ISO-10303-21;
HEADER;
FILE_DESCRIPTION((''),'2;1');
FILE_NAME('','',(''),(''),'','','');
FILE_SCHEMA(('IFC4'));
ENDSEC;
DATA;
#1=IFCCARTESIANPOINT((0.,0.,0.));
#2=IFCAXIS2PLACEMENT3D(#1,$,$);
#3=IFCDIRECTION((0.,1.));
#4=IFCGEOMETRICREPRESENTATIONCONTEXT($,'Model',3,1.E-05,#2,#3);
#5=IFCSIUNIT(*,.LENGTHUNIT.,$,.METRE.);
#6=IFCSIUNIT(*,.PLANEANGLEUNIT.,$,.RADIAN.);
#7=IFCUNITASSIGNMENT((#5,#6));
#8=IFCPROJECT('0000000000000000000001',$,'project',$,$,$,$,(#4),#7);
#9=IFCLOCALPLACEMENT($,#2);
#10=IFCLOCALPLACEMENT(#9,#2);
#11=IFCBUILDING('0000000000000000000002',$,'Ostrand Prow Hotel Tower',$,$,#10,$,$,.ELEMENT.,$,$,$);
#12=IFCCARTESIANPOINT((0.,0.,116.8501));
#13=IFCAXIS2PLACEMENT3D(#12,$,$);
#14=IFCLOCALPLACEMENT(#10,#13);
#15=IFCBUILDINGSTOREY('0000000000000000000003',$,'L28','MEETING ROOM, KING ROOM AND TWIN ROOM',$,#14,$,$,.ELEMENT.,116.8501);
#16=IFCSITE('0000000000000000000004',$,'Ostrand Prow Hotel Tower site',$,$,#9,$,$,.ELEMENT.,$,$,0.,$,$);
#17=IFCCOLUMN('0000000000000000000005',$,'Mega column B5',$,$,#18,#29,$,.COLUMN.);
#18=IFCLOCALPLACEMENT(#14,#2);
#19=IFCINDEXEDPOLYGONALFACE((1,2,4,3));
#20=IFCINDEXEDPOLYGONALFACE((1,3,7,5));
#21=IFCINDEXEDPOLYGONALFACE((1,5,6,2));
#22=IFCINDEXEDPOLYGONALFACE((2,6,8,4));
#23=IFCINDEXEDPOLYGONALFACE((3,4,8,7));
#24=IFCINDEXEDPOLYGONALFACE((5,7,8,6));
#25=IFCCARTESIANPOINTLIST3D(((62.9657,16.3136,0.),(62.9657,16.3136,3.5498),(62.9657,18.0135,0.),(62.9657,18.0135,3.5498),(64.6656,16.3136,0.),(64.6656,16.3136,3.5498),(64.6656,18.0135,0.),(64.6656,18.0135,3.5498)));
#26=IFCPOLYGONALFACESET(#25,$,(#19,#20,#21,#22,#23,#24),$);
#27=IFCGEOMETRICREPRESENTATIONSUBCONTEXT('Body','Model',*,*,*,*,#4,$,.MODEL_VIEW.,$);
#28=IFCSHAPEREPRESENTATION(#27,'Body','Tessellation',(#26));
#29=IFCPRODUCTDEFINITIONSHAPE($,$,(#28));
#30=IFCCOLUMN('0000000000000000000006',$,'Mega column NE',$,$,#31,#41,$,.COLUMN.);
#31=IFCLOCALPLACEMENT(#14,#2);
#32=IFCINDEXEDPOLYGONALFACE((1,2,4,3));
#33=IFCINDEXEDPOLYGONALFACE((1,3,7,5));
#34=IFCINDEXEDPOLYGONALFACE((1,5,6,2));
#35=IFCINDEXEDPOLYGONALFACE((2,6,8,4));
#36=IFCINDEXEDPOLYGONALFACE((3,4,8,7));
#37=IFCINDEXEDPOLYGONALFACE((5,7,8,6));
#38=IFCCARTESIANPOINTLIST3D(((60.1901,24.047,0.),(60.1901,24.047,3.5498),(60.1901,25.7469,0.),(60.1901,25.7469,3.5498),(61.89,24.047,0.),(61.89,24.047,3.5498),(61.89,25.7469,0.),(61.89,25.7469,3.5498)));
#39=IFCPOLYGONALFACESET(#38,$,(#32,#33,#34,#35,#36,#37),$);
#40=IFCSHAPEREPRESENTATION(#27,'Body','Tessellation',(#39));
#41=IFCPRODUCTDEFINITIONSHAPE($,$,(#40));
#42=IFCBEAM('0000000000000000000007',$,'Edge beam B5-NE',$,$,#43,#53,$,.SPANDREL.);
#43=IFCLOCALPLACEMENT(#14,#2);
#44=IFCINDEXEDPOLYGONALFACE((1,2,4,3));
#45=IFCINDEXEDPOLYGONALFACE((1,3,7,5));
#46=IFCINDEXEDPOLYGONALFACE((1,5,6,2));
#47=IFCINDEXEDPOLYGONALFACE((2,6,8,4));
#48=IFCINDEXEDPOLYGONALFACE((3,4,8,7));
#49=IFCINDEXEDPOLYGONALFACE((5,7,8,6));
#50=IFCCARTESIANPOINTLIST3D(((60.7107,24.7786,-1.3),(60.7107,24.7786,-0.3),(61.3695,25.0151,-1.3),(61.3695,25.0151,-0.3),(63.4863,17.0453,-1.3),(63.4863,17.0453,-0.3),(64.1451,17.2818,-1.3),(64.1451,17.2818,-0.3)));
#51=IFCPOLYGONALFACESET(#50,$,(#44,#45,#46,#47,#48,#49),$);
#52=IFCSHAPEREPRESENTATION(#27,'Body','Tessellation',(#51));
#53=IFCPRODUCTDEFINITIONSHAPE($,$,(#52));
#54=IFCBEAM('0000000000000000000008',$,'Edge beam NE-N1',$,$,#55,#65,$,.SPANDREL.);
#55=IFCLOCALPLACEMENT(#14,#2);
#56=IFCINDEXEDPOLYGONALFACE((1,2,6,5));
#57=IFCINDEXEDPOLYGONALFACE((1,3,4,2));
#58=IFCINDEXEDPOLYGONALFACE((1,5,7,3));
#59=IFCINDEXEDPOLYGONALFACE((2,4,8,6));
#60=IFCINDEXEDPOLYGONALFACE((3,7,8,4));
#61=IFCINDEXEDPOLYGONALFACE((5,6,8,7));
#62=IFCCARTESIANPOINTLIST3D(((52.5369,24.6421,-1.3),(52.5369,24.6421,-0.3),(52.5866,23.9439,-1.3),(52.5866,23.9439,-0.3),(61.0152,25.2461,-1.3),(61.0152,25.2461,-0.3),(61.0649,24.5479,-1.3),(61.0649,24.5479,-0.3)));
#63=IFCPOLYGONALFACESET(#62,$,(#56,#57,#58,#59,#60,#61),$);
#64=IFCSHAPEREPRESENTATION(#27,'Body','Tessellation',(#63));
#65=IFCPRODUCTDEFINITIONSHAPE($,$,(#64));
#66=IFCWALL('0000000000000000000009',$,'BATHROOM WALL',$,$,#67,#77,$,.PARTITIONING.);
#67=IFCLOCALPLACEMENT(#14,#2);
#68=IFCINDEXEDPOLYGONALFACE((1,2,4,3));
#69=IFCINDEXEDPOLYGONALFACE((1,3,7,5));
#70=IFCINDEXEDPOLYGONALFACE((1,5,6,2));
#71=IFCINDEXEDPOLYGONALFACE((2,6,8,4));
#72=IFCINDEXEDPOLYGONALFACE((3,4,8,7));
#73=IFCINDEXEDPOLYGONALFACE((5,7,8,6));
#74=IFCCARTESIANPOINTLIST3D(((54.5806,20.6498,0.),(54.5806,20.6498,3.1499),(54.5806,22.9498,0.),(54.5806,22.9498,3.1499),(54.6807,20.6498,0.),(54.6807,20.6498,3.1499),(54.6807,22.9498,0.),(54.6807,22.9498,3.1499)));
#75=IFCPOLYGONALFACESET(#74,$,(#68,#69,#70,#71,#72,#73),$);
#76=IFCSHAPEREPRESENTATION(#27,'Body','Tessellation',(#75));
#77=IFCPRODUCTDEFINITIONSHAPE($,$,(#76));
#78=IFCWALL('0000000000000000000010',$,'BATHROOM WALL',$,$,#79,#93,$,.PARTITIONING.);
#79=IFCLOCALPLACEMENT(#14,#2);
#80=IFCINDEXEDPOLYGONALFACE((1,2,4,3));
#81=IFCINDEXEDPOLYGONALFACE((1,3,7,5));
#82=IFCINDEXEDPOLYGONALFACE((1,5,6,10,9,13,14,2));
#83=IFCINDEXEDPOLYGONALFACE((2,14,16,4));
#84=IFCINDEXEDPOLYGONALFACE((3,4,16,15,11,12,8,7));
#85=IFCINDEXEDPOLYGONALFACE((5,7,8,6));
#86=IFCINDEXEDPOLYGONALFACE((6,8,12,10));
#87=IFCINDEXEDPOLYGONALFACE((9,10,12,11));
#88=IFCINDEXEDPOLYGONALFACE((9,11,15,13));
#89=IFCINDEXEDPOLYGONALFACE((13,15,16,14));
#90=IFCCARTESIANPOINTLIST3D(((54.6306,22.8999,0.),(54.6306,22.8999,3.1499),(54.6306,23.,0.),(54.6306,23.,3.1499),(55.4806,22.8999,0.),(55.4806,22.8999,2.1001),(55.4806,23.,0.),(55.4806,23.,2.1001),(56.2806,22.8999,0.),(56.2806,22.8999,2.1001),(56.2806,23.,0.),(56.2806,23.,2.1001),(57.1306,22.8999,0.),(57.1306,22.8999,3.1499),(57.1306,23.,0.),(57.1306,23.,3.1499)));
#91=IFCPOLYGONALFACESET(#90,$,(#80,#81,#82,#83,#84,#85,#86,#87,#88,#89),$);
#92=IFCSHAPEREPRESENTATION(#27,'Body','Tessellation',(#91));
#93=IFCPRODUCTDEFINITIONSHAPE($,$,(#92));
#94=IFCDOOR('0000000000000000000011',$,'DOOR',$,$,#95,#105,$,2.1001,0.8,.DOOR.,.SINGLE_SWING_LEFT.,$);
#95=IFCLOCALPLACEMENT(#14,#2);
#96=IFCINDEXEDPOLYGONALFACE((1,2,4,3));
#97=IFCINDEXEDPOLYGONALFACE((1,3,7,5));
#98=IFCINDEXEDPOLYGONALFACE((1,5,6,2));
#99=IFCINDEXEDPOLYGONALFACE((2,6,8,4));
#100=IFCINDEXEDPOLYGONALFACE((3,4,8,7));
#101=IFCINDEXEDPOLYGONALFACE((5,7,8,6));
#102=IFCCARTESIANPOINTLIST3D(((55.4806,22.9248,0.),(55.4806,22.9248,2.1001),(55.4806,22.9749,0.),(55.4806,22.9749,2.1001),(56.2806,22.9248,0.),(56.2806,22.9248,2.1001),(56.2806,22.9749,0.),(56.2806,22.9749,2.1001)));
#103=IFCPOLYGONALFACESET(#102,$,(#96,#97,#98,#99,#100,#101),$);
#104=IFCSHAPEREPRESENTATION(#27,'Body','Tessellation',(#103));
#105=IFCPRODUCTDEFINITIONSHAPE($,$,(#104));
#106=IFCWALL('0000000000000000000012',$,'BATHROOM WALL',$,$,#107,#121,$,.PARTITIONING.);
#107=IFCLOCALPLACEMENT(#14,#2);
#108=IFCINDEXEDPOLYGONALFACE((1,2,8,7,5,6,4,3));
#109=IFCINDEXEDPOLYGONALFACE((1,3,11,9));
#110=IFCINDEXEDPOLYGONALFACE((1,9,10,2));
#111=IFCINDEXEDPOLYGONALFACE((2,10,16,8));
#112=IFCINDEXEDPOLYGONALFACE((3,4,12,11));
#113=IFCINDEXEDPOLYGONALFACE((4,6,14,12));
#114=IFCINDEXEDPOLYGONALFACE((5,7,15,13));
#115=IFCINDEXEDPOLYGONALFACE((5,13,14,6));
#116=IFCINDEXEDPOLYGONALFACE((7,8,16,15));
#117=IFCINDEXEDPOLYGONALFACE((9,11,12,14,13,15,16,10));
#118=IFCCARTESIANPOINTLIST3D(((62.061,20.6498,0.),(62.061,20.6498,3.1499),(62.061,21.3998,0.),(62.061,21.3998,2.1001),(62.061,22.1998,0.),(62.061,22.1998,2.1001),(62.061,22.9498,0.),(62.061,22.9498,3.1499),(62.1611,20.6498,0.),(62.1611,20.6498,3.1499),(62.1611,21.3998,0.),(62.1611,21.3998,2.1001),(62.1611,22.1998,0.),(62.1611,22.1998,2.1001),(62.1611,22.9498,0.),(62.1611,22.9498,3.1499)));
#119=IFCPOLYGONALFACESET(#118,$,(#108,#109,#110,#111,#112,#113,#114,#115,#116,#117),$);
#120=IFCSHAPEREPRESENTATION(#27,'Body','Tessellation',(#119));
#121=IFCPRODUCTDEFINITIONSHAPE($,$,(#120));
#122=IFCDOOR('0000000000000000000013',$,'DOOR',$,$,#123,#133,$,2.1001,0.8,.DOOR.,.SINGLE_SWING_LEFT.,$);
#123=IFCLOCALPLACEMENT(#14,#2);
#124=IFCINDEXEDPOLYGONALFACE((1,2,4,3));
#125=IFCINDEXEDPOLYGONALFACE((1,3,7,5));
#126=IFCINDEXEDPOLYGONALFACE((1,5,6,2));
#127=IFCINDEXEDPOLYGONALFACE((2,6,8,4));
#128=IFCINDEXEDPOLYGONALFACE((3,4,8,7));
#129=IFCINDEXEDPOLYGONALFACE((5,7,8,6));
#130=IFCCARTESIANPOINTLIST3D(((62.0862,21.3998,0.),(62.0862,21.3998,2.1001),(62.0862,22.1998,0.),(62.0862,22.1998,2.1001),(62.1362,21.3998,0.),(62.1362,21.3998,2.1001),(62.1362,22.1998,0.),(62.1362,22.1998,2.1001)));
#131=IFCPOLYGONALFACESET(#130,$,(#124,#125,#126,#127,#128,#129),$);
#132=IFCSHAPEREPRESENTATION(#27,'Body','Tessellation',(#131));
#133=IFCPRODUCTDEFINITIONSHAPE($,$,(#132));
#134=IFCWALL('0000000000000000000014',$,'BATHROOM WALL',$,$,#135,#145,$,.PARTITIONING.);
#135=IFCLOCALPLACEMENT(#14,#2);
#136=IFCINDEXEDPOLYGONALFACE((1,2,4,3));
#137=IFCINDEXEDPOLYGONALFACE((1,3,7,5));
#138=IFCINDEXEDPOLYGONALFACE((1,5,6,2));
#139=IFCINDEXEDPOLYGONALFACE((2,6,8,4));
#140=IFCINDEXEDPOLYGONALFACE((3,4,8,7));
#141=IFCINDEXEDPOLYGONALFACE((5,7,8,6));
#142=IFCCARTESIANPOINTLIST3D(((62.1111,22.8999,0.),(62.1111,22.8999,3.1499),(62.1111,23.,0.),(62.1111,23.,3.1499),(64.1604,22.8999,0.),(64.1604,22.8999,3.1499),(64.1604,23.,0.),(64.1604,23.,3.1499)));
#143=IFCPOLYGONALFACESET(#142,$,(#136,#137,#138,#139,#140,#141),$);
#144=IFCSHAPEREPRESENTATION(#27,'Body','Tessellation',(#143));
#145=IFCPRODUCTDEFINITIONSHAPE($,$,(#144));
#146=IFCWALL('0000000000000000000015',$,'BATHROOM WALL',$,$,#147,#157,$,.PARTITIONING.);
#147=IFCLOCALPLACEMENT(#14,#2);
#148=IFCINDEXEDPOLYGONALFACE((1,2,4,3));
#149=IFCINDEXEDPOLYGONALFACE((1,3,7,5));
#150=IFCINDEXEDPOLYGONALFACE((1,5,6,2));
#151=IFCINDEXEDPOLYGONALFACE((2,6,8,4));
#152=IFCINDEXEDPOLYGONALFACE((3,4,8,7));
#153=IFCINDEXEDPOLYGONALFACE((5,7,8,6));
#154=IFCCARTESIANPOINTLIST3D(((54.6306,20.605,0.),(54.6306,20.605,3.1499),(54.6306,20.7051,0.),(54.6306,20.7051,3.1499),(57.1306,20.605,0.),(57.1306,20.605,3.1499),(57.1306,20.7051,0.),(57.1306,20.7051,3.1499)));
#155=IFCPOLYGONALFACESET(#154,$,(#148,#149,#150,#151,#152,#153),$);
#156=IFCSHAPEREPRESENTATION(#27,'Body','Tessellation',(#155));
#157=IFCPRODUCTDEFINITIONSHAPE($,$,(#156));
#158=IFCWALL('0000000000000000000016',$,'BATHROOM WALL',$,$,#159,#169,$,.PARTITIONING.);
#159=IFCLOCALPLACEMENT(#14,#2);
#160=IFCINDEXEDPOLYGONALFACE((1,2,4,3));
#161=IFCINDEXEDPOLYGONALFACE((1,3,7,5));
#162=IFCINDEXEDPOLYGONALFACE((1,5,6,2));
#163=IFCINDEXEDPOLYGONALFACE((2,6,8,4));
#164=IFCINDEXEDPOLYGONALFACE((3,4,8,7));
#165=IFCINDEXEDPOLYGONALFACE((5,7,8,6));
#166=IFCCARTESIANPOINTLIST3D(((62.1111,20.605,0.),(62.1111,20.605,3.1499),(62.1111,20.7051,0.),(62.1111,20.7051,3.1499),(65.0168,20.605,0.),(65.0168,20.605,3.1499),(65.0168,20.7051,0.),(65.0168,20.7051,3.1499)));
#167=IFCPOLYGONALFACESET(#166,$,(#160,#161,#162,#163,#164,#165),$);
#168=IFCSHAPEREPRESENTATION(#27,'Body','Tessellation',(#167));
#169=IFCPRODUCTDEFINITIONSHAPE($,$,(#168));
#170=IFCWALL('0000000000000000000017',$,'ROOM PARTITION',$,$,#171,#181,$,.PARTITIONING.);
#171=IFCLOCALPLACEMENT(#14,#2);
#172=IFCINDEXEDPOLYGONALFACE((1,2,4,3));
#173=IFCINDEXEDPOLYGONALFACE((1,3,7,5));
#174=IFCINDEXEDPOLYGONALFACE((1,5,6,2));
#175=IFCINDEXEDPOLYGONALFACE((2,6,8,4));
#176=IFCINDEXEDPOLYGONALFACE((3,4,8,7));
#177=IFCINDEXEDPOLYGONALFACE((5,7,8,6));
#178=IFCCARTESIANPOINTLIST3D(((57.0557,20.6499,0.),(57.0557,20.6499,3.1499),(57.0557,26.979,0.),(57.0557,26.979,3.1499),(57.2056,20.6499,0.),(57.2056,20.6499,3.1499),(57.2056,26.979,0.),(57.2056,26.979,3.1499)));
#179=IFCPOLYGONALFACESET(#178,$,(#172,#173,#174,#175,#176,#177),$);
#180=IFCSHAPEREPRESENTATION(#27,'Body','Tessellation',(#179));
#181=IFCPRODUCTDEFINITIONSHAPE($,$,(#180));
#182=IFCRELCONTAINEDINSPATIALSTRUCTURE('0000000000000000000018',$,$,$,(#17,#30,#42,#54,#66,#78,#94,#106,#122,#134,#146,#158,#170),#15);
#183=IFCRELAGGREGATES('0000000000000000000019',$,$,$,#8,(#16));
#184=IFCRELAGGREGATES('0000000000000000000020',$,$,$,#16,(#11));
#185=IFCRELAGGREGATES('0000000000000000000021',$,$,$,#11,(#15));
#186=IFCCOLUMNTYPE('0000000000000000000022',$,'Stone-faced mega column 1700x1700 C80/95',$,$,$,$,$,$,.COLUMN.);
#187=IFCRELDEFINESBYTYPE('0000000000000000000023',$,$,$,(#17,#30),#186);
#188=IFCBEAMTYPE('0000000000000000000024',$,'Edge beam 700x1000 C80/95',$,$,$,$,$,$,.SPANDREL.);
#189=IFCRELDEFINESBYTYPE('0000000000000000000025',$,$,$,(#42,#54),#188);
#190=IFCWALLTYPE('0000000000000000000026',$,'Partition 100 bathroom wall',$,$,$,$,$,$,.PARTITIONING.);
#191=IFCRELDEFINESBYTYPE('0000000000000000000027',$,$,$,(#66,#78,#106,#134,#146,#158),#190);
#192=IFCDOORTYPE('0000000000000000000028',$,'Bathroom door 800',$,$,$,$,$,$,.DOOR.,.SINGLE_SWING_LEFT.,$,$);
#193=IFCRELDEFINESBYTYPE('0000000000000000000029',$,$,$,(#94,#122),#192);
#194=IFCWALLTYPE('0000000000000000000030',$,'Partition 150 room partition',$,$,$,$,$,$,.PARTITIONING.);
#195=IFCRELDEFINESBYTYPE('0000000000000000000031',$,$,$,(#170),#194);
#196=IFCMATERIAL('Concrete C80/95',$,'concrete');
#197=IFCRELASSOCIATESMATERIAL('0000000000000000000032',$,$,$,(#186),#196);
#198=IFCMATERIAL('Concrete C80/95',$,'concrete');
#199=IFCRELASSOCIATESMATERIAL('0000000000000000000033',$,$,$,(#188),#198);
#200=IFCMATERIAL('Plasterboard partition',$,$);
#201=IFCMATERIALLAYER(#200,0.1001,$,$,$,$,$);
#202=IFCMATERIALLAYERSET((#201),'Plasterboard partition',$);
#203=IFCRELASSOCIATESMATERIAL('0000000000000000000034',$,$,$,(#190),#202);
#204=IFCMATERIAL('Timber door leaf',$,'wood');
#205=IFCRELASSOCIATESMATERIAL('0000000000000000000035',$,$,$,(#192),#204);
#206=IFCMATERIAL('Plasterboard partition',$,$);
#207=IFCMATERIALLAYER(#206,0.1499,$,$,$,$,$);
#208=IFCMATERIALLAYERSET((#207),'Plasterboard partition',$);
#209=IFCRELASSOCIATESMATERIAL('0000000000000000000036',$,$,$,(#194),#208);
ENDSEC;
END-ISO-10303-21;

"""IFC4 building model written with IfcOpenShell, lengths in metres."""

from ifc_helpers import new_model, si_unit, direction, frame, frame_2d, origin, origin_2d, place, context, subcontext, project, spatial, rectangle, extrude, material, layer, layer_set, material_profile, profile_set, type_object, element, fill, save


model = new_model("IFC4")

# Units and contexts
model_context = context("Model", 3, precision=1e-05, world=origin(), true_north=direction((0.0, 1.0)))
body_context = subcontext(model_context, "Body", "Model", "MODEL_VIEW")
ifc_project = project(units=[si_unit("LENGTHUNIT", "METRE"), si_unit("PLANEANGLEUNIT", "RADIAN")], contexts=[model_context])

# Site, building, storey
site_placement = place(None, origin())
site = spatial("IfcSite", under=ifc_project, at=site_placement, Name="Ostrand Prow Hotel Tower site", CompositionType="ELEMENT", RefElevation=0.0)
building_placement = place(site_placement, origin())
building = spatial("IfcBuilding", under=site, at=building_placement, Name="Ostrand Prow Hotel Tower", CompositionType="ELEMENT")
storey_placement = place(building_placement, frame((0.0, 0.0, 116.8501)))
storey = spatial("IfcBuildingStorey", under=building, at=storey_placement, Name="L28", Description="MEETING ROOM, KING ROOM AND TWIN ROOM", CompositionType="ELEMENT", Elevation=116.8501)

# Columns
ifc_material_1 = material(Name="Concrete C80/95", Category="concrete")
ifc_material_profile_1 = material_profile(ifc_material_1, rectangle(XDim=1.7, YDim=1.7, at=origin_2d()), Name="RC 1700x1700")
ifc_profile_set_1 = profile_set([ifc_material_profile_1], Name="Concrete C80/95")
column_type = type_object("IfcColumnType", Name="Stone-faced mega column 1700x1700 C80/95", PredefinedType="COLUMN", material=ifc_profile_set_1)
for number, where, z_axis, x_axis, name in (
    (1, (63.8157, 17.1636, 0.0), (0.0, 0.0, 1.0), (1.0, 0.0, 0.0), "Mega column B5"),
    (2, (61.04, 24.897, 0.0), (0.0, 0.0, 1.0), (1.0, 0.0, 0.0), "Mega column NE"),
):
    element("IfcColumn", number, at=place(storey_placement, frame(where, z_axis=z_axis, x_axis=x_axis)), inside=storey, type_object=column_type, Name=name, PredefinedType="COLUMN", context=body_context, shape_type="SweptSolid", body=[
        extrude(rectangle(XDim=1.7, YDim=1.7, at=origin_2d()), origin(), (0.0, 0.0, 1.0), 3.5498),
    ])

# Beams
ifc_material_2 = material(Name="Concrete C80/95", Category="concrete")
ifc_material_profile_2 = material_profile(ifc_material_2, rectangle(XDim=0.7, YDim=1.0, at=origin_2d()), Name="RC 700x1000")
ifc_profile_set_2 = profile_set([ifc_material_profile_2], Name="Concrete C80/95")
beam_type = type_object("IfcBeamType", Name="Edge beam 700x1000 C80/95", PredefinedType="SPANDREL", material=ifc_profile_set_2)
beam_1_placement = place(storey_placement, frame((63.8157, 17.1636, -0.8), z_axis=(-0.337815, 0.941212, 0.0), x_axis=(-0.941212, -0.337815, 0.0)))
element("IfcBeam", 3, at=beam_1_placement, inside=storey, type_object=beam_type, Name="Edge beam B5-NE", PredefinedType="SPANDREL", context=body_context, shape_type="SweptSolid", body=[
    extrude(rectangle(XDim=0.7, YDim=1.0, at=origin_2d()), origin(), (0.0, 0.0, 1.0), 8.2163),
])
beam_2_placement = place(storey_placement, frame((61.04, 24.897, -0.8), z_axis=(-0.997472, -0.071061, 0.0), x_axis=(0.071061, -0.997472, 0.0)))
element("IfcBeam", 4, at=beam_2_placement, inside=storey, type_object=beam_type, Name="Edge beam NE-N1", PredefinedType="SPANDREL", context=body_context, shape_type="SweptSolid", body=[
    extrude(rectangle(XDim=0.7, YDim=1.0, at=origin_2d()), origin(), (0.0, 0.0, 1.0), 8.4998),
])

# Wall
ifc_material_3 = material(Name="Plasterboard partition")
ifc_layer_1 = layer(ifc_material_3, 0.1001)
ifc_layer_set_1 = layer_set([ifc_layer_1], Name="Plasterboard partition")
wall_type_1 = type_object("IfcWallType", Name="Partition 100 bathroom wall", PredefinedType="PARTITIONING", material=ifc_layer_set_1)
wall_1_placement = place(storey_placement, frame((54.6306, 20.6499, 0.0), z_axis=(0.0, 0.0, 1.0), x_axis=(0.0, 1.0, 0.0)))
element("IfcWall", 5, at=wall_1_placement, inside=storey, type_object=wall_type_1, Name="BATHROOM WALL", PredefinedType="PARTITIONING", context=body_context, shape_type="SweptSolid", body=[
    extrude(rectangle(XDim=2.3, YDim=0.1001, at=frame_2d((1.1499, 0.0))), origin(), (0.0, 0.0, 1.0), 3.1499),
])

# Walls, openings, doors
wall_2_placement = place(storey_placement, frame((54.6306, 22.95, 0.0), z_axis=(0.0, 0.0, 1.0), x_axis=(1.0, 0.0, 0.0)))
wall_2 = element("IfcWall", 6, at=wall_2_placement, inside=storey, type_object=wall_type_1, Name="BATHROOM WALL", PredefinedType="PARTITIONING", context=body_context, shape_type="SweptSolid", body=[
    extrude(rectangle(XDim=2.5, YDim=0.1001, at=frame_2d((1.25, 0.0))), origin(), (0.0, 0.0, 1.0), 3.1499),
])
opening_1_placement = place(wall_2_placement, frame((0.8501, 0.0, 0.0)))
opening_1 = element("IfcOpeningElement", 7, at=opening_1_placement, cuts=wall_2, PredefinedType="OPENING", context=body_context, shape_type="SweptSolid", body=[
    extrude(rectangle(XDim=0.8, YDim=2.1001, at=frame_2d((0.3999, 1.05))), frame((0.0, 0.0601, 0.0), z_axis=(0.0, -1.0, 0.0), x_axis=(1.0, 0.0, 0.0)), (0.0, 0.0, 1.0), 0.1201),
])
ifc_material_4 = material(Name="Timber door leaf", Category="wood")
door_type_1 = type_object("IfcDoorType", Name="Bathroom door 800", OperationType="SINGLE_SWING_LEFT", PredefinedType="DOOR", material=ifc_material_4)
door_1_placement = place(opening_1_placement, origin())
door_1 = element("IfcDoor", 8, at=door_1_placement, inside=storey, type_object=door_type_1, Name="DOOR", OperationType="SINGLE_SWING_LEFT", OverallHeight=2.1001, OverallWidth=0.8, PredefinedType="DOOR", context=body_context, shape_type="SweptSolid", body=[
    extrude(rectangle(XDim=0.8, YDim=2.1001, at=frame_2d((0.3999, 1.05))), frame((0.0, 0.0249, 0.0), z_axis=(0.0, -1.0, 0.0), x_axis=(1.0, 0.0, 0.0)), (0.0, 0.0, 1.0), 0.05),
])
fill(opening_1, door_1)
wall_3_placement = place(storey_placement, frame((62.1111, 20.6499, 0.0), z_axis=(0.0, 0.0, 1.0), x_axis=(0.0, 1.0, 0.0)))
wall_3 = element("IfcWall", 9, at=wall_3_placement, inside=storey, type_object=wall_type_1, Name="BATHROOM WALL", PredefinedType="PARTITIONING", context=body_context, shape_type="SweptSolid", body=[
    extrude(rectangle(XDim=2.3, YDim=0.1001, at=frame_2d((1.1499, 0.0))), origin(), (0.0, 0.0, 1.0), 3.1499),
])
opening_2_placement = place(wall_3_placement, frame((0.75, 0.0, 0.0)))
opening_2 = element("IfcOpeningElement", 10, at=opening_2_placement, cuts=wall_3, PredefinedType="OPENING", context=body_context, shape_type="SweptSolid", body=[
    extrude(rectangle(XDim=0.8, YDim=2.1001, at=frame_2d((0.3999, 1.05))), frame((0.0, 0.0601, 0.0), z_axis=(0.0, -1.0, 0.0), x_axis=(1.0, 0.0, 0.0)), (0.0, 0.0, 1.0), 0.1201),
])
door_2_placement = place(opening_2_placement, origin())
door_2 = element("IfcDoor", 11, at=door_2_placement, inside=storey, type_object=door_type_1, Name="DOOR", OperationType="SINGLE_SWING_LEFT", OverallHeight=2.1001, OverallWidth=0.8, PredefinedType="DOOR", context=body_context, shape_type="SweptSolid", body=[
    extrude(rectangle(XDim=0.8, YDim=2.1001, at=frame_2d((0.3999, 1.05))), frame((0.0, 0.0249, 0.0), z_axis=(0.0, -1.0, 0.0), x_axis=(1.0, 0.0, 0.0)), (0.0, 0.0, 1.0), 0.05),
])
fill(opening_2, door_2)

# Walls
wall_4_placement = place(storey_placement, frame((62.1111, 22.95, 0.0), z_axis=(0.0, 0.0, 1.0), x_axis=(1.0, 0.0, 0.0)))
element("IfcWall", 12, at=wall_4_placement, inside=storey, type_object=wall_type_1, Name="BATHROOM WALL", PredefinedType="PARTITIONING", context=body_context, shape_type="SweptSolid", body=[
    extrude(rectangle(XDim=2.0493, YDim=0.1001, at=frame_2d((1.0247, 0.0))), origin(), (0.0, 0.0, 1.0), 3.1499),
])
wall_5_placement = place(storey_placement, frame((57.1306, 20.655, 0.0), z_axis=(0.0, 0.0, 1.0), x_axis=(-1.0, 0.0, 0.0)))
element("IfcWall", 13, at=wall_5_placement, inside=storey, type_object=wall_type_1, Name="BATHROOM WALL", PredefinedType="PARTITIONING", context=body_context, shape_type="SweptSolid", body=[
    extrude(rectangle(XDim=2.5, YDim=0.1001, at=frame_2d((1.25, 0.0))), origin(), (0.0, 0.0, 1.0), 3.1499),
])
wall_6_placement = place(storey_placement, frame((65.0168, 20.655, 0.0), z_axis=(0.0, 0.0, 1.0), x_axis=(-1.0, 0.0, 0.0)))
element("IfcWall", 14, at=wall_6_placement, inside=storey, type_object=wall_type_1, Name="BATHROOM WALL", PredefinedType="PARTITIONING", context=body_context, shape_type="SweptSolid", body=[
    extrude(rectangle(XDim=2.9058, YDim=0.1001, at=frame_2d((1.4529, 0.0))), origin(), (0.0, 0.0, 1.0), 3.1499),
])
ifc_material_5 = material(Name="Plasterboard partition")
ifc_layer_2 = layer(ifc_material_5, 0.1499)
ifc_layer_set_2 = layer_set([ifc_layer_2], Name="Plasterboard partition")
wall_type_2 = type_object("IfcWallType", Name="Partition 150 room partition", PredefinedType="PARTITIONING", material=ifc_layer_set_2)
wall_7_placement = place(storey_placement, frame((57.1306, 20.6499, 0.0), z_axis=(0.0, 0.0, 1.0), x_axis=(0.0, 1.0, 0.0)))
element("IfcWall", 15, at=wall_7_placement, inside=storey, type_object=wall_type_2, Name="ROOM PARTITION", PredefinedType="PARTITIONING", context=body_context, shape_type="SweptSolid", body=[
    extrude(rectangle(XDim=6.3291, YDim=0.1499, at=frame_2d((3.1646, 0.0))), origin(), (0.0, 0.0, 1.0), 3.1499),
])

save(model, "model.ifc")
